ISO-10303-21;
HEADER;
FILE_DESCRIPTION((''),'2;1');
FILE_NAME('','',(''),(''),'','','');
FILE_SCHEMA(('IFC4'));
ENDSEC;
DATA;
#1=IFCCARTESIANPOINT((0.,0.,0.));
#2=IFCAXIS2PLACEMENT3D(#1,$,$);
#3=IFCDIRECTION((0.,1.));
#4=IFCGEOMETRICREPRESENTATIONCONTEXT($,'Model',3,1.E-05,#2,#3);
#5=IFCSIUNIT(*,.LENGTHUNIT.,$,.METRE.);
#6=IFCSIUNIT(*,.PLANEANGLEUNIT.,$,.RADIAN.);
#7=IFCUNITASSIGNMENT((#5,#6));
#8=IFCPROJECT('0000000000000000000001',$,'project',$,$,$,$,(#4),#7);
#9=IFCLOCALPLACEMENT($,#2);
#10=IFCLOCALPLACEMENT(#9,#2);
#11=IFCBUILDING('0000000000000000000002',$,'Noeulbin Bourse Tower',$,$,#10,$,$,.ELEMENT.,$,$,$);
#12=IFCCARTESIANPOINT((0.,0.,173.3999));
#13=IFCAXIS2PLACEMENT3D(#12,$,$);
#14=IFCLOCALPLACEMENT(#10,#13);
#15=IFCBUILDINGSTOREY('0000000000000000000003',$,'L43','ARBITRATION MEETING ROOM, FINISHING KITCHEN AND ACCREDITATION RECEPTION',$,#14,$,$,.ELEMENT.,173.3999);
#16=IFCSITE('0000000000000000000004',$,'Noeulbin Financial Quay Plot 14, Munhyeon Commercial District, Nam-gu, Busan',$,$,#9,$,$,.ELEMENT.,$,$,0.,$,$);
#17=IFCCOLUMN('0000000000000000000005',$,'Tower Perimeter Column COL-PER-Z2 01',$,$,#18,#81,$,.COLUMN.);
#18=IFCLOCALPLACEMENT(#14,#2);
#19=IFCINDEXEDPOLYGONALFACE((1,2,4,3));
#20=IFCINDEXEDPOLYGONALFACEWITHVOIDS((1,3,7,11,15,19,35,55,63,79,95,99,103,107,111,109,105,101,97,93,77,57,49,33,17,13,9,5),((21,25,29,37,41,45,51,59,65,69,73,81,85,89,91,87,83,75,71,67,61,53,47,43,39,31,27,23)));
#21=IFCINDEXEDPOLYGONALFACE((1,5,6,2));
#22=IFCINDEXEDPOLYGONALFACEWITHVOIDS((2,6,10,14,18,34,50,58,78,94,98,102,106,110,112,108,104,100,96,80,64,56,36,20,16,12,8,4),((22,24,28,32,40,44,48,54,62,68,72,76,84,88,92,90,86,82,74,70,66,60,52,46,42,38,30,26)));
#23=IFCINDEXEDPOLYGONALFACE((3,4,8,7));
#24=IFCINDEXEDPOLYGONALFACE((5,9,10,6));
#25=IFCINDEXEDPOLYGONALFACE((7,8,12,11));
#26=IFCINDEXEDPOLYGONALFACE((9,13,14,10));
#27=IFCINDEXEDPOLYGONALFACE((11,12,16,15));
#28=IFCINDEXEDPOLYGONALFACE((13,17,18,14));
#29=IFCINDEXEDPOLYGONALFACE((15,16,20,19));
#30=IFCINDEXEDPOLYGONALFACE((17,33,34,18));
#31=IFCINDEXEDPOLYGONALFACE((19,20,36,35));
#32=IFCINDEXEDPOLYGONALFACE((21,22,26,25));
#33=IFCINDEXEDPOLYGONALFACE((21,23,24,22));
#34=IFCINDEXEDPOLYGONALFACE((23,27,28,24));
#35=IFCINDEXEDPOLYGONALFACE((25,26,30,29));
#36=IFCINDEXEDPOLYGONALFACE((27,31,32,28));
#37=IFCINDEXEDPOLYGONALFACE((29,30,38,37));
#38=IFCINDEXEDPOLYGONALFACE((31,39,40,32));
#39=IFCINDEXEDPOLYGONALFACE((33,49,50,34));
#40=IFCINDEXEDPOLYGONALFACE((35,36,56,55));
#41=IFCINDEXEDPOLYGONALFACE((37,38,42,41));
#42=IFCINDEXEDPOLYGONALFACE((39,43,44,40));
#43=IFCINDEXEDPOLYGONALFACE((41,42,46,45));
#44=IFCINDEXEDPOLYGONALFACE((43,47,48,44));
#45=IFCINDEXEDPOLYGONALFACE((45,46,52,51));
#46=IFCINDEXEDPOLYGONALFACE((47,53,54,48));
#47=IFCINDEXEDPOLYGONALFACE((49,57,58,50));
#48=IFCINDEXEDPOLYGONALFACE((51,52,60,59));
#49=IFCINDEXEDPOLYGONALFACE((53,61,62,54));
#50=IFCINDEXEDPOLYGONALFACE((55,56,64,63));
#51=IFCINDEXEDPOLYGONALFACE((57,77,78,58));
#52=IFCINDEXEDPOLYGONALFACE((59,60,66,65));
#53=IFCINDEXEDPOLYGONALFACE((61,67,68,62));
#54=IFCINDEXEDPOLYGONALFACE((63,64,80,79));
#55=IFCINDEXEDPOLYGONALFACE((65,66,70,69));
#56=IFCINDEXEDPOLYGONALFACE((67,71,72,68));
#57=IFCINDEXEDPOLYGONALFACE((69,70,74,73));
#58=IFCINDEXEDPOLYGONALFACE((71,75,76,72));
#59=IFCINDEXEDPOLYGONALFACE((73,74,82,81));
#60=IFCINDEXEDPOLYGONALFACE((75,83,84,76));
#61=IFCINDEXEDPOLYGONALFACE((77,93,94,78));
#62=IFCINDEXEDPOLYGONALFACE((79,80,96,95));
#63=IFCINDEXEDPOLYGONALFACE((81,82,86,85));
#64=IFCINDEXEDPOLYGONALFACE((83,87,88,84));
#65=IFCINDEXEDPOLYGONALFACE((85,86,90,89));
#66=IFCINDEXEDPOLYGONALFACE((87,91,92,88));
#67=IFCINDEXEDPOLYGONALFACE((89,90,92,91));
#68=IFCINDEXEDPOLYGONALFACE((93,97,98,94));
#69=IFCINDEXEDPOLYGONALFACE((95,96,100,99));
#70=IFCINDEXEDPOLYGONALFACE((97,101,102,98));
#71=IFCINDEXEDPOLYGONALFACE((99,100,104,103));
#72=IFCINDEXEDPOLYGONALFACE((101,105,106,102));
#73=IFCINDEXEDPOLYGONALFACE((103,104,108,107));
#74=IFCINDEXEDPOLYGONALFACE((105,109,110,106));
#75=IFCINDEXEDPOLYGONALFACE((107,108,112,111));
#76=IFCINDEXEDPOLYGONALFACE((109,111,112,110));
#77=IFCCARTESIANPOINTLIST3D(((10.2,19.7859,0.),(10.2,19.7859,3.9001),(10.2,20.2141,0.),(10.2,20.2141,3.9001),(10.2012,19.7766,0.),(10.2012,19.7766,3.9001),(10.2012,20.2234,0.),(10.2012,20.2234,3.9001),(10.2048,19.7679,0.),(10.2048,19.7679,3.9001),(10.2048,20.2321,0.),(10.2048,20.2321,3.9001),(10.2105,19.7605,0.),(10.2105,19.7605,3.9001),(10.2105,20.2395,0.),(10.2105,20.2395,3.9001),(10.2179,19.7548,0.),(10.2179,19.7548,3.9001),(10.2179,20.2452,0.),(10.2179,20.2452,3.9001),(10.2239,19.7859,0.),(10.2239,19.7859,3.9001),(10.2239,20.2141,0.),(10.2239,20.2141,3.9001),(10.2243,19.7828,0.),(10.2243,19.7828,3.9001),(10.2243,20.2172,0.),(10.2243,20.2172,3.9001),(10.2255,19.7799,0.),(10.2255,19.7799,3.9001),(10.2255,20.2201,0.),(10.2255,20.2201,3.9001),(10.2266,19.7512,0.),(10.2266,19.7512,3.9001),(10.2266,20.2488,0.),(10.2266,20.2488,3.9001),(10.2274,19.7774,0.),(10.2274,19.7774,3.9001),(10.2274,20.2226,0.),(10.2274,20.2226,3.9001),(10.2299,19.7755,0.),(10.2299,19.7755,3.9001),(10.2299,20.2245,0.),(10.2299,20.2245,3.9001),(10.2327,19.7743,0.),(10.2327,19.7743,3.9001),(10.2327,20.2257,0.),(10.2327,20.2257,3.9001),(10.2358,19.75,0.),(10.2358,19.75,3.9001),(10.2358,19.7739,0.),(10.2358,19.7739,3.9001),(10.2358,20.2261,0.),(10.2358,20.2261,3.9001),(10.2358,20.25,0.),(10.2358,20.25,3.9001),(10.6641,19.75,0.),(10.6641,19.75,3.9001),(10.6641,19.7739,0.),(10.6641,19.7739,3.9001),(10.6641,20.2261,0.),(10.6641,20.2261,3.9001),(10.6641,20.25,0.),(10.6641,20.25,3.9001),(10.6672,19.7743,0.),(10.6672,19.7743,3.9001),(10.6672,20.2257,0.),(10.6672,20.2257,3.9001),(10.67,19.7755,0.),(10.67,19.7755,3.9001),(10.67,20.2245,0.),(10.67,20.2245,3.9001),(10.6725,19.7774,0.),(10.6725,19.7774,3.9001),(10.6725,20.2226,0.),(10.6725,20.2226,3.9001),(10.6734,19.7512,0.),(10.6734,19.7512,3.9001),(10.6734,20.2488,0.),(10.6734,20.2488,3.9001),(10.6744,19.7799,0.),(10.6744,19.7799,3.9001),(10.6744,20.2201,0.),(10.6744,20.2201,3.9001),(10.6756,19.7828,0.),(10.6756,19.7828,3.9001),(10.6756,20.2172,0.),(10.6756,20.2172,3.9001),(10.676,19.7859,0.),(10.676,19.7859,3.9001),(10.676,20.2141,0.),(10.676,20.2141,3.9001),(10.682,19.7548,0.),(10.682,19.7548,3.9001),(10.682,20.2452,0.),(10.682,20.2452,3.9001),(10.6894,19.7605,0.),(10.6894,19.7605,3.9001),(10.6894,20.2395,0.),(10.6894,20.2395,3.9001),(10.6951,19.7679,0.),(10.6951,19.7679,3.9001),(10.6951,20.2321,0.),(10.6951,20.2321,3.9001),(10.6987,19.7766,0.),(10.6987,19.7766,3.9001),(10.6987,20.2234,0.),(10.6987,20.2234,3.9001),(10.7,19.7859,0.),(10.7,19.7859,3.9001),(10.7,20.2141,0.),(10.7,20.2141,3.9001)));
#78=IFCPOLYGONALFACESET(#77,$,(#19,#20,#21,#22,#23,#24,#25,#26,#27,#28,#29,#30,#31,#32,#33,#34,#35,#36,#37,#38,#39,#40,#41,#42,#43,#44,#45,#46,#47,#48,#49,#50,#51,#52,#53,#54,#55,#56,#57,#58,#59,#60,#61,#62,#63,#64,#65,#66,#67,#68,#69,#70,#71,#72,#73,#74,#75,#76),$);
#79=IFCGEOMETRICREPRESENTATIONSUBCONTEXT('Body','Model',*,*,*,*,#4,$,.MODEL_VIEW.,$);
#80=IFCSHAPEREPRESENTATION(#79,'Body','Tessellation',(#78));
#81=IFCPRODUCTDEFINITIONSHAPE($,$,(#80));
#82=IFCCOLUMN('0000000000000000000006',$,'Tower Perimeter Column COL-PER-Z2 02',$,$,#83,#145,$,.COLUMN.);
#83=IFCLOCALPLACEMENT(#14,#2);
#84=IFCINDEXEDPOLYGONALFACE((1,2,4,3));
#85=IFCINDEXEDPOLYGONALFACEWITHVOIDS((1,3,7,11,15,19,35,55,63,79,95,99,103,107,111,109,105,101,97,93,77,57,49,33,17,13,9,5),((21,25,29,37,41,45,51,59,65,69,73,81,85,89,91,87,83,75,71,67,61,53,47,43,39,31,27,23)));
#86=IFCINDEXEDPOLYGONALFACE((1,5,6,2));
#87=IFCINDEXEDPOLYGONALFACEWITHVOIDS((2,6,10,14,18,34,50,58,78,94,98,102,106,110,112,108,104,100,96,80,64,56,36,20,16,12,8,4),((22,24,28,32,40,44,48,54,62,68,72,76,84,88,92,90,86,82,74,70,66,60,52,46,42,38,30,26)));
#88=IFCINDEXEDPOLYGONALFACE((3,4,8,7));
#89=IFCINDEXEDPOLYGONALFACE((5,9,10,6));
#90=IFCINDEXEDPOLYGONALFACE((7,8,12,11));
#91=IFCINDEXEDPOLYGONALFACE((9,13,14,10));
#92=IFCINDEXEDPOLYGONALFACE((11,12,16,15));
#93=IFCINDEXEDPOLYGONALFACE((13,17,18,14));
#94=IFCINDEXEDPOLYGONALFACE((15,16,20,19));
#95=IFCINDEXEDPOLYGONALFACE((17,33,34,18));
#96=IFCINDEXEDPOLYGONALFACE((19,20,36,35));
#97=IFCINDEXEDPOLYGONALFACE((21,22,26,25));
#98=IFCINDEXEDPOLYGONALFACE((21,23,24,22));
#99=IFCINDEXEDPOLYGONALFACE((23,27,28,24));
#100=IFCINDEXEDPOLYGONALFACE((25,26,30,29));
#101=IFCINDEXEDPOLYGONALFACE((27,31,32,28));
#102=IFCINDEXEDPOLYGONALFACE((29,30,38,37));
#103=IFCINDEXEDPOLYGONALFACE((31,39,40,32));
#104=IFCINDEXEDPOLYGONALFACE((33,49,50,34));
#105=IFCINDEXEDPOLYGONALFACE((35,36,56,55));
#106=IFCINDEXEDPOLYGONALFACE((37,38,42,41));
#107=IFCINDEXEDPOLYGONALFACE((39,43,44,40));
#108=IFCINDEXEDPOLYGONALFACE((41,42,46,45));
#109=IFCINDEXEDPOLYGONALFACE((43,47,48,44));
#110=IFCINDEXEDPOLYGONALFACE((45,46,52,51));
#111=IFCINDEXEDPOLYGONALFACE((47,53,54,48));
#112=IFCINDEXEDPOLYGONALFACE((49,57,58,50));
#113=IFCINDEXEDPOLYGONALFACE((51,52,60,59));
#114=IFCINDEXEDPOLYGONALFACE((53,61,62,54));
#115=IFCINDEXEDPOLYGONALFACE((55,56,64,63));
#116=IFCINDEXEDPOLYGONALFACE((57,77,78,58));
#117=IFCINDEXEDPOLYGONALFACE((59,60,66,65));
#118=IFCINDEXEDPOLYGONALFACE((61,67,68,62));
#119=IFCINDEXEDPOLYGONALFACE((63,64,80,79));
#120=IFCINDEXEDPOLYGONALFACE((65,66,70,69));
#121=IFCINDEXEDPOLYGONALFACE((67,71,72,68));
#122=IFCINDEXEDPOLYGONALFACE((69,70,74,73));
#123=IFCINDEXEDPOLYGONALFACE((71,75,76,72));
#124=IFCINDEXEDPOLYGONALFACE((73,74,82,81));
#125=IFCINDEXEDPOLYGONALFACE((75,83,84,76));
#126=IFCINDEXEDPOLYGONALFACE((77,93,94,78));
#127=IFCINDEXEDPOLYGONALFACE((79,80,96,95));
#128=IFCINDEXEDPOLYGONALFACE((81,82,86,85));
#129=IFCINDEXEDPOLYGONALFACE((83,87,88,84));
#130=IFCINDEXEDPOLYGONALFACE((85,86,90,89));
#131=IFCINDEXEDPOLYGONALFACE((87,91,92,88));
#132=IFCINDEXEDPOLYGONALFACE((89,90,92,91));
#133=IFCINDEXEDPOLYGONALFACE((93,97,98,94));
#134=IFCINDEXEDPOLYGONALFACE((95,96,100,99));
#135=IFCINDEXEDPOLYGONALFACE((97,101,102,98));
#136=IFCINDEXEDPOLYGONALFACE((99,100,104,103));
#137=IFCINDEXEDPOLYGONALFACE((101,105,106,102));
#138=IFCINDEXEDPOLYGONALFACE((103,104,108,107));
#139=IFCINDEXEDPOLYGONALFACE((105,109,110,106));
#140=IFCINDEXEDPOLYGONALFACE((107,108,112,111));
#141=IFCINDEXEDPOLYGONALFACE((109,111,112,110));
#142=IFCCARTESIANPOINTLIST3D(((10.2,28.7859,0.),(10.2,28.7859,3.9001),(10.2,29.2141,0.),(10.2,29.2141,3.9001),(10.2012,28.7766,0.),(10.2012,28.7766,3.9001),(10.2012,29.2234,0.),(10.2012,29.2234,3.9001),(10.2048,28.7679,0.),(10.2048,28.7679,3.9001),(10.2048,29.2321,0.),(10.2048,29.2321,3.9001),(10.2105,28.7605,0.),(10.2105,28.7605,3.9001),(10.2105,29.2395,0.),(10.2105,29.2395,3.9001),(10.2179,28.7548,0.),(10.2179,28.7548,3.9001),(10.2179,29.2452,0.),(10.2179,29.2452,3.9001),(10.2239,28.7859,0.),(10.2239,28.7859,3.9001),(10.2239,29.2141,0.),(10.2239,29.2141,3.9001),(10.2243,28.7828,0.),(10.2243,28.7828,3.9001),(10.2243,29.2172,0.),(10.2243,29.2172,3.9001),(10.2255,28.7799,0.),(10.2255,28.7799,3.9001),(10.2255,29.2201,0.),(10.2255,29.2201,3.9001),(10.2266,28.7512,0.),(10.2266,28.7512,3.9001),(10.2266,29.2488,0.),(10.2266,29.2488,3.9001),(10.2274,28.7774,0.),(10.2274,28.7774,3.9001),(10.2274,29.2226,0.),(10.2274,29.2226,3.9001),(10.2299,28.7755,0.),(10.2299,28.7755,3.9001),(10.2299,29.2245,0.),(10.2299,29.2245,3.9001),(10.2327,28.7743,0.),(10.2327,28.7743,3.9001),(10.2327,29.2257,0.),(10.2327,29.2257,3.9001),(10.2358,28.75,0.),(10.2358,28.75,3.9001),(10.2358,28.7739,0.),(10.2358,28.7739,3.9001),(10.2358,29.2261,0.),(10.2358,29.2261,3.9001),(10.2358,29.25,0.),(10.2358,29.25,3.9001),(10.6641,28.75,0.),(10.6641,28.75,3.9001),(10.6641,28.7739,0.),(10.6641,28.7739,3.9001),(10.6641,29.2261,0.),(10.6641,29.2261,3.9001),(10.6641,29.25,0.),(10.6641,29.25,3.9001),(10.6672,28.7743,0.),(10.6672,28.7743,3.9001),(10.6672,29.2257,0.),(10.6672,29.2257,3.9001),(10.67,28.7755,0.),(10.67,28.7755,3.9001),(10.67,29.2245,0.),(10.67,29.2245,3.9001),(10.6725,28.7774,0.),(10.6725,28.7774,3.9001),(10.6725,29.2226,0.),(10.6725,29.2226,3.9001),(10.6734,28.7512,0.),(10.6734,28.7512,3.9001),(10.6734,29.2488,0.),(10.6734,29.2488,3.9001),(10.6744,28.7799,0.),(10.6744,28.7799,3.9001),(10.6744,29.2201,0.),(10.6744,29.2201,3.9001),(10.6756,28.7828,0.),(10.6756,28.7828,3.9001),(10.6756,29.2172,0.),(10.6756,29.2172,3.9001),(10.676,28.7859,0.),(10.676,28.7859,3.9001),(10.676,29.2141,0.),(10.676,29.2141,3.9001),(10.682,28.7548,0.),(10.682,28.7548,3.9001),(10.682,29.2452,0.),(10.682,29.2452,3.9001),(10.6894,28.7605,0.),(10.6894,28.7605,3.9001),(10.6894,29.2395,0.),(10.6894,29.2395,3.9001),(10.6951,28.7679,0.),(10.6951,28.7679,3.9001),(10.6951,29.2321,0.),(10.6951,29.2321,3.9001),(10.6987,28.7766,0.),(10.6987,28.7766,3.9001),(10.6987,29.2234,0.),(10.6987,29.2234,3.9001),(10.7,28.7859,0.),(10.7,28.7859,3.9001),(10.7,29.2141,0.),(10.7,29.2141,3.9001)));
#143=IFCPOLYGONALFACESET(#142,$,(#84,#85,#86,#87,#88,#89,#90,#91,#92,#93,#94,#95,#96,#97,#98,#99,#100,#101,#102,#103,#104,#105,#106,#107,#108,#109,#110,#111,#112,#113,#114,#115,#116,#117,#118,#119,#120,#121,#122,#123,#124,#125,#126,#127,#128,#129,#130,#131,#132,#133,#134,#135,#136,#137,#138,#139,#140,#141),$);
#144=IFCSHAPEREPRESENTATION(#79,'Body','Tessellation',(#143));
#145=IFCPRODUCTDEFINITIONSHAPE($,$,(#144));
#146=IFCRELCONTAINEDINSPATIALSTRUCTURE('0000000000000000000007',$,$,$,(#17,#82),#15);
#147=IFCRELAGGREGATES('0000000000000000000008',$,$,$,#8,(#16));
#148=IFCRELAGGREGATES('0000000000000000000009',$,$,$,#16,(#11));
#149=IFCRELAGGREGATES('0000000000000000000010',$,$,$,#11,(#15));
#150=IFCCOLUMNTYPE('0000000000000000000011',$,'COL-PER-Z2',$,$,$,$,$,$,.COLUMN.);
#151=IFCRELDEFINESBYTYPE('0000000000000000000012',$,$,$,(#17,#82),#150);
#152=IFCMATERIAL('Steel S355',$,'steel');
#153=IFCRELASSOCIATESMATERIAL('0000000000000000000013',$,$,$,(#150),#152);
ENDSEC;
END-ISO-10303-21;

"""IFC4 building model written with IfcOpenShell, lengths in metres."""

from ifc_helpers import new_model, si_unit, direction, frame, origin, origin_2d, place, context, subcontext, project, spatial, hollow_rectangle, extrude, material, material_profile, profile_set, type_object, element, save


model = new_model("IFC4")

# Units and contexts
model_context = context("Model", 3, precision=1e-05, world=origin(), true_north=direction((0.0, 1.0)))
body_context = subcontext(model_context, "Body", "Model", "MODEL_VIEW")
ifc_project = project(units=[si_unit("LENGTHUNIT", "METRE"), si_unit("PLANEANGLEUNIT", "RADIAN")], contexts=[model_context])

# Site, building, storey
site_placement = place(None, origin())
site = spatial("IfcSite", under=ifc_project, at=site_placement, Name="Noeulbin Financial Quay Plot 14, Munhyeon Commercial District, Nam-gu, Busan", CompositionType="ELEMENT", RefElevation=0.0)
building_placement = place(site_placement, origin())
building = spatial("IfcBuilding", under=site, at=building_placement, Name="Noeulbin Bourse Tower", CompositionType="ELEMENT")
storey_placement = place(building_placement, frame((0.0, 0.0, 173.3999)))
storey = spatial("IfcBuildingStorey", under=building, at=storey_placement, Name="L43", Description="ARBITRATION MEETING ROOM, FINISHING KITCHEN AND ACCREDITATION RECEPTION", CompositionType="ELEMENT", Elevation=173.3999)

# Columns
ifc_material_1 = material(Name="Steel S355", Category="steel")
ifc_material_profile_1 = material_profile(ifc_material_1, hollow_rectangle(XDim=0.5, YDim=0.5, WallThickness=0.0239, InnerFilletRadius=0.012, OuterFilletRadius=0.0359, at=origin_2d()), Name="BOX-500x500x24", Category="LoadBearing")
ifc_profile_set_1 = profile_set([ifc_material_profile_1], Name="Steel S355")
column_type_1 = type_object("IfcColumnType", Name="COL-PER-Z2", PredefinedType="COLUMN", material=ifc_profile_set_1)
for number, where, z_axis, x_axis, name in (
    (1, (10.45, 20.0, 0.0), (0.0, 0.0, 1.0), (1.0, 0.0, 0.0), "Tower Perimeter Column COL-PER-Z2 01"),
    (2, (10.45, 29.0, 0.0), (0.0, 0.0, 1.0), (1.0, 0.0, 0.0), "Tower Perimeter Column COL-PER-Z2 02"),
):
    element("IfcColumn", number, at=place(storey_placement, frame(where, z_axis=z_axis, x_axis=x_axis)), inside=storey, type_object=column_type_1, Name=name, PredefinedType="COLUMN", context=body_context, shape_type="SweptSolid", body=[
        extrude(hollow_rectangle(XDim=0.5, YDim=0.5, WallThickness=0.0239, InnerFilletRadius=0.012, OuterFilletRadius=0.0359, at=origin_2d()), origin(), (0.0, 0.0, 1.0), 3.9001),
    ])

save(model, "model.ifc")
